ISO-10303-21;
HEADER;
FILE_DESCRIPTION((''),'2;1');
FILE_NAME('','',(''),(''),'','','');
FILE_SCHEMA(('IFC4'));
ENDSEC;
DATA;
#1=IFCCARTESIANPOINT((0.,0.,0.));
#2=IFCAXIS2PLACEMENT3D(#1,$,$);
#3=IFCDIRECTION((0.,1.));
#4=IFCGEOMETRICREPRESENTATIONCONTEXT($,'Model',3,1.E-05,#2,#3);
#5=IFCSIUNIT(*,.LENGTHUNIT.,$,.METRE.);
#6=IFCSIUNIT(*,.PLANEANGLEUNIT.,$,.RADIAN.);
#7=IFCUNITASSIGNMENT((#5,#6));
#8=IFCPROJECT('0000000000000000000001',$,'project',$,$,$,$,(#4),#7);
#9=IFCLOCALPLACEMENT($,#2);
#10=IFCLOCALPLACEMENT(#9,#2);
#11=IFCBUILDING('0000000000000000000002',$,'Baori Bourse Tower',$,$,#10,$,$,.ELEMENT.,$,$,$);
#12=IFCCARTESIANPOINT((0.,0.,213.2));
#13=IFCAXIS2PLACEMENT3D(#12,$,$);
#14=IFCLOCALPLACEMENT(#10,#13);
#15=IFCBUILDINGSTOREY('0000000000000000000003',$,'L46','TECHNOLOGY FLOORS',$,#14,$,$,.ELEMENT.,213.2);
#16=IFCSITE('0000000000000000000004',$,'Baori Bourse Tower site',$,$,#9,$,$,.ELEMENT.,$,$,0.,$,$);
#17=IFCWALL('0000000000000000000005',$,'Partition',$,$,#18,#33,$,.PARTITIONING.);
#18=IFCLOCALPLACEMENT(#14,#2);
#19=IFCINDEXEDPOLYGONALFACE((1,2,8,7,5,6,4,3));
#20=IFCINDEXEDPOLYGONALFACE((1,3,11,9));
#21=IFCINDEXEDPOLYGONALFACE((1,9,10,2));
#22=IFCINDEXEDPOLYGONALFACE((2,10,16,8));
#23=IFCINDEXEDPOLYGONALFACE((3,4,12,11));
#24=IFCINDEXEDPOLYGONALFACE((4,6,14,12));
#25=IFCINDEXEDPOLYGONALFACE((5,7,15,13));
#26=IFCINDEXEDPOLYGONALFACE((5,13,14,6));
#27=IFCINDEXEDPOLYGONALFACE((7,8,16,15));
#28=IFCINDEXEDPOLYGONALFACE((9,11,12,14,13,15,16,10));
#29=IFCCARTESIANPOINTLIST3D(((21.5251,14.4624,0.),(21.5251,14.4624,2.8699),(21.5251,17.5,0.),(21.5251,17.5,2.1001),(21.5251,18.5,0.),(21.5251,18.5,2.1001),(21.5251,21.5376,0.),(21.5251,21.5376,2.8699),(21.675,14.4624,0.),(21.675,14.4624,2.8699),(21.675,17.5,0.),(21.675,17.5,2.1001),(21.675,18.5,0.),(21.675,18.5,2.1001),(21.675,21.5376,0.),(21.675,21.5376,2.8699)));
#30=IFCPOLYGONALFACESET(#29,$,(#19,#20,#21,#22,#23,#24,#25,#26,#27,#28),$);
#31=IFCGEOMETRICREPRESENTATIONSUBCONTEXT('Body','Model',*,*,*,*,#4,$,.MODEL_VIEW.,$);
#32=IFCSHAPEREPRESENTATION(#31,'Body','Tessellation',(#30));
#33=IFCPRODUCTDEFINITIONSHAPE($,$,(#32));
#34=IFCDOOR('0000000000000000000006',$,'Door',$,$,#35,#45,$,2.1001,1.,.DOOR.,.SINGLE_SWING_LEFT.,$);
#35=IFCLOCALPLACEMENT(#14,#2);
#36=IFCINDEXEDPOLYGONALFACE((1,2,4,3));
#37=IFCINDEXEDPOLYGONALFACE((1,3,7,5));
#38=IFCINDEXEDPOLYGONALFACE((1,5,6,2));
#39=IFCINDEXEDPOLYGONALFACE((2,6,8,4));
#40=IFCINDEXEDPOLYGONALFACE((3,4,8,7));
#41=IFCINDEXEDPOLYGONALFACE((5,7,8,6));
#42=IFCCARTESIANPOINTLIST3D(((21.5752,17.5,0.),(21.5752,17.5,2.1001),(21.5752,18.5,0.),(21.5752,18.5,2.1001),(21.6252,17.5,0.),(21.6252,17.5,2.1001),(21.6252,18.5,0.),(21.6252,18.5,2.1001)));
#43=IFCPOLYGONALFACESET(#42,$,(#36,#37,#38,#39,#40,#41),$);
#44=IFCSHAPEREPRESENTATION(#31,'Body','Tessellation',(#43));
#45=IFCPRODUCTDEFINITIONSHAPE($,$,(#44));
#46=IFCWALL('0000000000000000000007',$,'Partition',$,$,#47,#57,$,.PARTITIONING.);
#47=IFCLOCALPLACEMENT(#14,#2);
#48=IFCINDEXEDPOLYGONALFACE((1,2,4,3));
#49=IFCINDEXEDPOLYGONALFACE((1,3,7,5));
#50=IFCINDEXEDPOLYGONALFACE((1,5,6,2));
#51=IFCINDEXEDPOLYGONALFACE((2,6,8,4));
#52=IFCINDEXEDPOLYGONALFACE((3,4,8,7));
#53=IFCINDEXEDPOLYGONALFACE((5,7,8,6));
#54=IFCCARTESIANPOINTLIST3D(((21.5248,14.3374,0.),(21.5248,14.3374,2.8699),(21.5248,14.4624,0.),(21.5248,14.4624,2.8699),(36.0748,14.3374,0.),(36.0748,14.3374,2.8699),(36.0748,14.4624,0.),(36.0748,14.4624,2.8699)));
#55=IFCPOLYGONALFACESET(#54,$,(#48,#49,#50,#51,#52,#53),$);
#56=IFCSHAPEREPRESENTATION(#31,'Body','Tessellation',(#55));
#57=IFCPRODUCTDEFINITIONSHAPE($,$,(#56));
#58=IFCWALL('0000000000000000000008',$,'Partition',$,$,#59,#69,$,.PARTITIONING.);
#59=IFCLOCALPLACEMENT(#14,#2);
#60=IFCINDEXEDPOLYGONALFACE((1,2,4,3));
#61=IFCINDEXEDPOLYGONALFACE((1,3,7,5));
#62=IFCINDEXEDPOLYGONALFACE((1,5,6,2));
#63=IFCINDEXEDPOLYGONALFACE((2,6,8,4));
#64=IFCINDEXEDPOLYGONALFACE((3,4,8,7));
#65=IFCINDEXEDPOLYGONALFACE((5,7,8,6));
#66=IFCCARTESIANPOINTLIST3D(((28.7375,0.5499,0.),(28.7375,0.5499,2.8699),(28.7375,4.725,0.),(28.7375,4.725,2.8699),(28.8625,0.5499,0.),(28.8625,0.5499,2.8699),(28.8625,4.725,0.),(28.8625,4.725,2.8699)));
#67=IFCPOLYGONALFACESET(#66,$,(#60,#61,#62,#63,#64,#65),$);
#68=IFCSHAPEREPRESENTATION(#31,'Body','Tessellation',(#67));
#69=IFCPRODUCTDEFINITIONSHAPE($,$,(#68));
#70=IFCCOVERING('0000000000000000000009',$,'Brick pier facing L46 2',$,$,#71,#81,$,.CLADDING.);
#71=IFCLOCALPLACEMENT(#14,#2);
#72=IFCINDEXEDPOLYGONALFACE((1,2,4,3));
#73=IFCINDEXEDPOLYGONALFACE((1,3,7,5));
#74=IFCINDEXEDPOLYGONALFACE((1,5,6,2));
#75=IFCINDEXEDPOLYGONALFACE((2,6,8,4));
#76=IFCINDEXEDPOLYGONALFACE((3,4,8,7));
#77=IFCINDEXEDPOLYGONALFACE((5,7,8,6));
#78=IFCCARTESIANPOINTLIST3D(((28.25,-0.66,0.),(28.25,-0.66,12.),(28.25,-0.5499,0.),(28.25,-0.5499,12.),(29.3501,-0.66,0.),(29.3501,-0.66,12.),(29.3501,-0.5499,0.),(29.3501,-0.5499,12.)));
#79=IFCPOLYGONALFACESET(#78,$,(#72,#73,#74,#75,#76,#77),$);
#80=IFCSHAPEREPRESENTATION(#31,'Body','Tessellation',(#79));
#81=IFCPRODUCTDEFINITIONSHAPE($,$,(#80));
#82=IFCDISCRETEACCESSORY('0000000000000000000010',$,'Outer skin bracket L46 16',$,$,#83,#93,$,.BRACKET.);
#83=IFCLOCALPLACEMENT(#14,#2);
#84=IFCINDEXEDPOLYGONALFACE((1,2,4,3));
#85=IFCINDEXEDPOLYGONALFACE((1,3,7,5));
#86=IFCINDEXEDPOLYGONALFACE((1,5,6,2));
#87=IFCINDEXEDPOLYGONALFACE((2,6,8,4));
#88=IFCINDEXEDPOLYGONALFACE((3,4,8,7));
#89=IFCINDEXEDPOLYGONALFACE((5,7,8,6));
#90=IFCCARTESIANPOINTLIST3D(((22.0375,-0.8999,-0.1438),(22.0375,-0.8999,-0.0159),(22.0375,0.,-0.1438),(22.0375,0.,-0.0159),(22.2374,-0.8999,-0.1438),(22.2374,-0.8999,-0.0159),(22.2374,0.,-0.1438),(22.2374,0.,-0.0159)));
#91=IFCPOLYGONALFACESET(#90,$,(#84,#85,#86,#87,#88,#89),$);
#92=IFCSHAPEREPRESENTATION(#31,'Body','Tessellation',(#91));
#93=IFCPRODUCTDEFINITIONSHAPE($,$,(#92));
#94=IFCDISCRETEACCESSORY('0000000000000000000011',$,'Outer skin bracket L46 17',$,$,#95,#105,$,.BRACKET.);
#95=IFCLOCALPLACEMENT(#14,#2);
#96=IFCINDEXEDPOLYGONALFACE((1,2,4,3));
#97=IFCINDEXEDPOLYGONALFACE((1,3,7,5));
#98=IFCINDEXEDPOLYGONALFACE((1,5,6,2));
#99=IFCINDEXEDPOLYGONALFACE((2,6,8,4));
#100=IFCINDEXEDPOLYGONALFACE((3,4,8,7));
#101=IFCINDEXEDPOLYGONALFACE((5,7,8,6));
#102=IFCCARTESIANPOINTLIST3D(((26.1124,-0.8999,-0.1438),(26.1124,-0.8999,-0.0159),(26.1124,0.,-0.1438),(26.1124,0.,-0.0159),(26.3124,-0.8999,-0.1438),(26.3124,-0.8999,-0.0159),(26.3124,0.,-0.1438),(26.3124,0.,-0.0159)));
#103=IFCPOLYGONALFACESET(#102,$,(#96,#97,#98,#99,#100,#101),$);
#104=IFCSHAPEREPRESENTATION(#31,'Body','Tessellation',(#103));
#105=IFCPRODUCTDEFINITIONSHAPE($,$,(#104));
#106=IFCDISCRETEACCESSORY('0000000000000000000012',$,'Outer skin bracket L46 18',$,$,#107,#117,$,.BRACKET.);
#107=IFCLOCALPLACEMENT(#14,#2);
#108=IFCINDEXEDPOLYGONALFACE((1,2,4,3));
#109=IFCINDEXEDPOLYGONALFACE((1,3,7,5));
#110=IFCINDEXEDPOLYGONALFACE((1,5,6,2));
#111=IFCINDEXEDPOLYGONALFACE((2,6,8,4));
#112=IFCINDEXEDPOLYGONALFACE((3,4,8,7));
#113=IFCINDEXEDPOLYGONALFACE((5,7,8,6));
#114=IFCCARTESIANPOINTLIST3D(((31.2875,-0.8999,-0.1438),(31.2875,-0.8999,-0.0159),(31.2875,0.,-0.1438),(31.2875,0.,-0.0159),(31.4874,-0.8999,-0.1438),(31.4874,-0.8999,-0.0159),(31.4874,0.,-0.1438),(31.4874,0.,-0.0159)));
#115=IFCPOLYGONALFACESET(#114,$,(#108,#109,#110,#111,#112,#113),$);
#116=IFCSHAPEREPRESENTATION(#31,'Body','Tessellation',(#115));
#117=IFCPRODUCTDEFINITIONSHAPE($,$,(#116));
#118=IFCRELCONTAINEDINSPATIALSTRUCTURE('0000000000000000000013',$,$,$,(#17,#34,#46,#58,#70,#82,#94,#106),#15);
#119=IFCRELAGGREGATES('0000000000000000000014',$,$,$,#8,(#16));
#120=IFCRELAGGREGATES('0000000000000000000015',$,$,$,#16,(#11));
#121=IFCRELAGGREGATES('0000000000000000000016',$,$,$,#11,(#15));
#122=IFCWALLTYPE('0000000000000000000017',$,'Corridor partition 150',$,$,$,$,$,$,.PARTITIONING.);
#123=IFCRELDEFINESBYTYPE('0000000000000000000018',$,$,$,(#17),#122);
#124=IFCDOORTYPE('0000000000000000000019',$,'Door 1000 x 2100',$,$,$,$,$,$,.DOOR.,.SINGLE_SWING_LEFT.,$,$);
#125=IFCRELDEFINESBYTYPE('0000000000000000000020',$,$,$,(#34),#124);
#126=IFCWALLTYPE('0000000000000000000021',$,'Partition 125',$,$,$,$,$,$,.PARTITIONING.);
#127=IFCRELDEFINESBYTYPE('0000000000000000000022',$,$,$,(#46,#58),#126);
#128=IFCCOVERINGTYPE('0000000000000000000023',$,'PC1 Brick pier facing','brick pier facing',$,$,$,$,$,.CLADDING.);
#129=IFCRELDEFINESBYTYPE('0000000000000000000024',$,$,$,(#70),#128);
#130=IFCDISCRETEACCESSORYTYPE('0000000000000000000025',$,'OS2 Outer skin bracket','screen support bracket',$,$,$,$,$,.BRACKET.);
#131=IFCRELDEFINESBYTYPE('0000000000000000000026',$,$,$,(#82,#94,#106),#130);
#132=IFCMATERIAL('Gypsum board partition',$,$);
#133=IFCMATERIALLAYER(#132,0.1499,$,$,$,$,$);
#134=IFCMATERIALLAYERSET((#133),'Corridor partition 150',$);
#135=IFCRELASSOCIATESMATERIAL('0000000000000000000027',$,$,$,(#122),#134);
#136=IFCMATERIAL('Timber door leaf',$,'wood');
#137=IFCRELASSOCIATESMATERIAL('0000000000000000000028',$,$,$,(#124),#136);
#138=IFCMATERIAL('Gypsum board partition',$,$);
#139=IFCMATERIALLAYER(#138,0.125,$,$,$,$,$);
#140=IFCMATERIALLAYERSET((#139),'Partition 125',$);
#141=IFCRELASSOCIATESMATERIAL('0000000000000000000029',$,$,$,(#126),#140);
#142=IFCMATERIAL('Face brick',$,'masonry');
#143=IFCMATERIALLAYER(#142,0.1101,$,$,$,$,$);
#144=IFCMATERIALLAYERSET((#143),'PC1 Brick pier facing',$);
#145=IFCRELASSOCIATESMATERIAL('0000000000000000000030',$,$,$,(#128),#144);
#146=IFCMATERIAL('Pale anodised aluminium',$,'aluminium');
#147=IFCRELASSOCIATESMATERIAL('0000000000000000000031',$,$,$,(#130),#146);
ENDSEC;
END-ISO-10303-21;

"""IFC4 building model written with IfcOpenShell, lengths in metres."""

from ifc_helpers import new_model, si_unit, direction, frame, frame_2d, origin, origin_2d, place, context, subcontext, project, spatial, rectangle, extrude, material, layer, layer_set, type_object, element, fill, save


model = new_model("IFC4")

# Units and contexts
model_context = context("Model", 3, precision=1e-05, world=origin(), true_north=direction((0.0, 1.0)))
body_context = subcontext(model_context, "Body", "Model", "MODEL_VIEW")
ifc_project = project(units=[si_unit("LENGTHUNIT", "METRE"), si_unit("PLANEANGLEUNIT", "RADIAN")], contexts=[model_context])

# Site, building, storey
site_placement = place(None, origin())
site = spatial("IfcSite", under=ifc_project, at=site_placement, Name="Baori Bourse Tower site", CompositionType="ELEMENT", RefElevation=0.0)
building_placement = place(site_placement, origin())
building = spatial("IfcBuilding", under=site, at=building_placement, Name="Baori Bourse Tower", CompositionType="ELEMENT")
storey_placement = place(building_placement, frame((0.0, 0.0, 213.2)))
storey = spatial("IfcBuildingStorey", under=building, at=storey_placement, Name="L46", Description="TECHNOLOGY FLOORS", CompositionType="ELEMENT", Elevation=213.2)

# Shared definitions
ifc_material_1 = material(Name="Gypsum board partition")
ifc_layer_1 = layer(ifc_material_1, 0.1499)
ifc_layer_set_1 = layer_set([ifc_layer_1], Name="Corridor partition 150")
wall_type_1 = type_object("IfcWallType", Name="Corridor partition 150", PredefinedType="PARTITIONING", material=ifc_layer_set_1)
ifc_material_2 = material(Name="Timber door leaf", Category="wood")
door_type = type_object("IfcDoorType", Name="Door 1000 x 2100", OperationType="SINGLE_SWING_LEFT", PredefinedType="DOOR", material=ifc_material_2)

# Wall, opening, door
wall_1_placement = place(storey_placement, frame((21.6001, 14.4624, 0.0), z_axis=(0.0, 0.0, 1.0), x_axis=(0.0, 1.0, 0.0)))
wall_1 = element("IfcWall", 1, at=wall_1_placement, inside=storey, type_object=wall_type_1, Name="Partition", PredefinedType="PARTITIONING", context=body_context, shape_type="SweptSolid", body=[
    extrude(rectangle(XDim=7.0752, YDim=0.1499, at=frame_2d((3.5376, 0.0))), origin(), (0.0, 0.0, 1.0), 2.8699),
])
opening_1_placement = place(wall_1_placement, frame((3.0376, 0.0, 0.0)))
opening_1 = element("IfcOpeningElement", 2, at=opening_1_placement, cuts=wall_1, PredefinedType="OPENING", context=body_context, shape_type="SweptSolid", body=[
    extrude(rectangle(XDim=1.0, YDim=2.1001, at=frame_2d((0.5, 1.05))), frame((0.0, 0.085, 0.0), z_axis=(0.0, -1.0, 0.0), x_axis=(1.0, 0.0, 0.0)), (0.0, 0.0, 1.0), 0.1699),
])
door_1_placement = place(opening_1_placement, origin())
door_1 = element("IfcDoor", 3, at=door_1_placement, inside=storey, type_object=door_type, Name="Door", OperationType="SINGLE_SWING_LEFT", OverallHeight=2.1001, OverallWidth=1.0, PredefinedType="DOOR", context=body_context, shape_type="SweptSolid", body=[
    extrude(rectangle(XDim=1.0, YDim=2.1001, at=frame_2d((0.5, 1.05))), frame((0.0, 0.0249, 0.0), z_axis=(0.0, -1.0, 0.0), x_axis=(1.0, 0.0, 0.0)), (0.0, 0.0, 1.0), 0.05),
])
fill(opening_1, door_1)

# Walls
ifc_material_3 = material(Name="Gypsum board partition")
ifc_layer_2 = layer(ifc_material_3, 0.125)
ifc_layer_set_2 = layer_set([ifc_layer_2], Name="Partition 125")
wall_type_2 = type_object("IfcWallType", Name="Partition 125", PredefinedType="PARTITIONING", material=ifc_layer_set_2)
wall_2_placement = place(storey_placement, frame((21.5249, 14.3999, 0.0), z_axis=(0.0, 0.0, 1.0), x_axis=(1.0, 0.0, 0.0)))
element("IfcWall", 4, at=wall_2_placement, inside=storey, type_object=wall_type_2, Name="Partition", PredefinedType="PARTITIONING", context=body_context, shape_type="SweptSolid", body=[
    extrude(rectangle(XDim=14.55, YDim=0.125, at=frame_2d((7.2749, 0.0))), origin(), (0.0, 0.0, 1.0), 2.8699),
])
wall_3_placement = place(storey_placement, frame((28.8, 0.55, 0.0), z_axis=(0.0, 0.0, 1.0), x_axis=(0.0, 1.0, 0.0)))
element("IfcWall", 5, at=wall_3_placement, inside=storey, type_object=wall_type_2, Name="Partition", PredefinedType="PARTITIONING", context=body_context, shape_type="SweptSolid", body=[
    extrude(rectangle(XDim=4.175, YDim=0.125, at=frame_2d((2.0874, 0.0))), origin(), (0.0, 0.0, 1.0), 2.8699),
])

# Covering
ifc_material_4 = material(Name="Face brick", Category="masonry")
ifc_layer_3 = layer(ifc_material_4, 0.1101)
ifc_layer_set_3 = layer_set([ifc_layer_3], Name="PC1 Brick pier facing")
covering_type = type_object("IfcCoveringType", Name="PC1 Brick pier facing", Description="brick pier facing", PredefinedType="CLADDING", material=ifc_layer_set_3)
covering_placement = place(storey_placement, frame((28.8, -0.605, 0.0), z_axis=(0.0, 0.0, 1.0), x_axis=(1.0, 0.0, 0.0)))
element("IfcCovering", 6, at=covering_placement, inside=storey, type_object=covering_type, Name="Brick pier facing L46 2", PredefinedType="CLADDING", context=body_context, shape_type="SweptSolid", body=[
    extrude(rectangle(XDim=1.1001, YDim=0.1101, at=origin_2d()), origin(), (0.0, 0.0, 1.0), 12.0),
])

# Discrete accessories
ifc_material_5 = material(Name="Pale anodised aluminium", Category="aluminium")
discrete_accessory_type = type_object("IfcDiscreteAccessoryType", Name="OS2 Outer skin bracket", Description="screen support bracket", PredefinedType="BRACKET", material=ifc_material_5)
for number, where, z_axis, x_axis, name in (
    (7, (22.1375, -0.45, -0.1438), (0.0, 0.0, 1.0), (1.0, 0.0, 0.0), "Outer skin bracket L46 16"),
    (8, (26.2124, -0.45, -0.1438), (0.0, 0.0, 1.0), (1.0, 0.0, 0.0), "Outer skin bracket L46 17"),
    (9, (31.3875, -0.45, -0.1438), (0.0, 0.0, 1.0), (1.0, 0.0, 0.0), "Outer skin bracket L46 18"),
):
    element("IfcDiscreteAccessory", number, at=place(storey_placement, frame(where, z_axis=z_axis, x_axis=x_axis)), inside=storey, type_object=discrete_accessory_type, Name=name, PredefinedType="BRACKET", context=body_context, shape_type="SweptSolid", body=[
        extrude(rectangle(XDim=0.2, YDim=0.8999, at=origin_2d()), origin(), (0.0, 0.0, 1.0), 0.1279),
    ])

save(model, "model.ifc")
